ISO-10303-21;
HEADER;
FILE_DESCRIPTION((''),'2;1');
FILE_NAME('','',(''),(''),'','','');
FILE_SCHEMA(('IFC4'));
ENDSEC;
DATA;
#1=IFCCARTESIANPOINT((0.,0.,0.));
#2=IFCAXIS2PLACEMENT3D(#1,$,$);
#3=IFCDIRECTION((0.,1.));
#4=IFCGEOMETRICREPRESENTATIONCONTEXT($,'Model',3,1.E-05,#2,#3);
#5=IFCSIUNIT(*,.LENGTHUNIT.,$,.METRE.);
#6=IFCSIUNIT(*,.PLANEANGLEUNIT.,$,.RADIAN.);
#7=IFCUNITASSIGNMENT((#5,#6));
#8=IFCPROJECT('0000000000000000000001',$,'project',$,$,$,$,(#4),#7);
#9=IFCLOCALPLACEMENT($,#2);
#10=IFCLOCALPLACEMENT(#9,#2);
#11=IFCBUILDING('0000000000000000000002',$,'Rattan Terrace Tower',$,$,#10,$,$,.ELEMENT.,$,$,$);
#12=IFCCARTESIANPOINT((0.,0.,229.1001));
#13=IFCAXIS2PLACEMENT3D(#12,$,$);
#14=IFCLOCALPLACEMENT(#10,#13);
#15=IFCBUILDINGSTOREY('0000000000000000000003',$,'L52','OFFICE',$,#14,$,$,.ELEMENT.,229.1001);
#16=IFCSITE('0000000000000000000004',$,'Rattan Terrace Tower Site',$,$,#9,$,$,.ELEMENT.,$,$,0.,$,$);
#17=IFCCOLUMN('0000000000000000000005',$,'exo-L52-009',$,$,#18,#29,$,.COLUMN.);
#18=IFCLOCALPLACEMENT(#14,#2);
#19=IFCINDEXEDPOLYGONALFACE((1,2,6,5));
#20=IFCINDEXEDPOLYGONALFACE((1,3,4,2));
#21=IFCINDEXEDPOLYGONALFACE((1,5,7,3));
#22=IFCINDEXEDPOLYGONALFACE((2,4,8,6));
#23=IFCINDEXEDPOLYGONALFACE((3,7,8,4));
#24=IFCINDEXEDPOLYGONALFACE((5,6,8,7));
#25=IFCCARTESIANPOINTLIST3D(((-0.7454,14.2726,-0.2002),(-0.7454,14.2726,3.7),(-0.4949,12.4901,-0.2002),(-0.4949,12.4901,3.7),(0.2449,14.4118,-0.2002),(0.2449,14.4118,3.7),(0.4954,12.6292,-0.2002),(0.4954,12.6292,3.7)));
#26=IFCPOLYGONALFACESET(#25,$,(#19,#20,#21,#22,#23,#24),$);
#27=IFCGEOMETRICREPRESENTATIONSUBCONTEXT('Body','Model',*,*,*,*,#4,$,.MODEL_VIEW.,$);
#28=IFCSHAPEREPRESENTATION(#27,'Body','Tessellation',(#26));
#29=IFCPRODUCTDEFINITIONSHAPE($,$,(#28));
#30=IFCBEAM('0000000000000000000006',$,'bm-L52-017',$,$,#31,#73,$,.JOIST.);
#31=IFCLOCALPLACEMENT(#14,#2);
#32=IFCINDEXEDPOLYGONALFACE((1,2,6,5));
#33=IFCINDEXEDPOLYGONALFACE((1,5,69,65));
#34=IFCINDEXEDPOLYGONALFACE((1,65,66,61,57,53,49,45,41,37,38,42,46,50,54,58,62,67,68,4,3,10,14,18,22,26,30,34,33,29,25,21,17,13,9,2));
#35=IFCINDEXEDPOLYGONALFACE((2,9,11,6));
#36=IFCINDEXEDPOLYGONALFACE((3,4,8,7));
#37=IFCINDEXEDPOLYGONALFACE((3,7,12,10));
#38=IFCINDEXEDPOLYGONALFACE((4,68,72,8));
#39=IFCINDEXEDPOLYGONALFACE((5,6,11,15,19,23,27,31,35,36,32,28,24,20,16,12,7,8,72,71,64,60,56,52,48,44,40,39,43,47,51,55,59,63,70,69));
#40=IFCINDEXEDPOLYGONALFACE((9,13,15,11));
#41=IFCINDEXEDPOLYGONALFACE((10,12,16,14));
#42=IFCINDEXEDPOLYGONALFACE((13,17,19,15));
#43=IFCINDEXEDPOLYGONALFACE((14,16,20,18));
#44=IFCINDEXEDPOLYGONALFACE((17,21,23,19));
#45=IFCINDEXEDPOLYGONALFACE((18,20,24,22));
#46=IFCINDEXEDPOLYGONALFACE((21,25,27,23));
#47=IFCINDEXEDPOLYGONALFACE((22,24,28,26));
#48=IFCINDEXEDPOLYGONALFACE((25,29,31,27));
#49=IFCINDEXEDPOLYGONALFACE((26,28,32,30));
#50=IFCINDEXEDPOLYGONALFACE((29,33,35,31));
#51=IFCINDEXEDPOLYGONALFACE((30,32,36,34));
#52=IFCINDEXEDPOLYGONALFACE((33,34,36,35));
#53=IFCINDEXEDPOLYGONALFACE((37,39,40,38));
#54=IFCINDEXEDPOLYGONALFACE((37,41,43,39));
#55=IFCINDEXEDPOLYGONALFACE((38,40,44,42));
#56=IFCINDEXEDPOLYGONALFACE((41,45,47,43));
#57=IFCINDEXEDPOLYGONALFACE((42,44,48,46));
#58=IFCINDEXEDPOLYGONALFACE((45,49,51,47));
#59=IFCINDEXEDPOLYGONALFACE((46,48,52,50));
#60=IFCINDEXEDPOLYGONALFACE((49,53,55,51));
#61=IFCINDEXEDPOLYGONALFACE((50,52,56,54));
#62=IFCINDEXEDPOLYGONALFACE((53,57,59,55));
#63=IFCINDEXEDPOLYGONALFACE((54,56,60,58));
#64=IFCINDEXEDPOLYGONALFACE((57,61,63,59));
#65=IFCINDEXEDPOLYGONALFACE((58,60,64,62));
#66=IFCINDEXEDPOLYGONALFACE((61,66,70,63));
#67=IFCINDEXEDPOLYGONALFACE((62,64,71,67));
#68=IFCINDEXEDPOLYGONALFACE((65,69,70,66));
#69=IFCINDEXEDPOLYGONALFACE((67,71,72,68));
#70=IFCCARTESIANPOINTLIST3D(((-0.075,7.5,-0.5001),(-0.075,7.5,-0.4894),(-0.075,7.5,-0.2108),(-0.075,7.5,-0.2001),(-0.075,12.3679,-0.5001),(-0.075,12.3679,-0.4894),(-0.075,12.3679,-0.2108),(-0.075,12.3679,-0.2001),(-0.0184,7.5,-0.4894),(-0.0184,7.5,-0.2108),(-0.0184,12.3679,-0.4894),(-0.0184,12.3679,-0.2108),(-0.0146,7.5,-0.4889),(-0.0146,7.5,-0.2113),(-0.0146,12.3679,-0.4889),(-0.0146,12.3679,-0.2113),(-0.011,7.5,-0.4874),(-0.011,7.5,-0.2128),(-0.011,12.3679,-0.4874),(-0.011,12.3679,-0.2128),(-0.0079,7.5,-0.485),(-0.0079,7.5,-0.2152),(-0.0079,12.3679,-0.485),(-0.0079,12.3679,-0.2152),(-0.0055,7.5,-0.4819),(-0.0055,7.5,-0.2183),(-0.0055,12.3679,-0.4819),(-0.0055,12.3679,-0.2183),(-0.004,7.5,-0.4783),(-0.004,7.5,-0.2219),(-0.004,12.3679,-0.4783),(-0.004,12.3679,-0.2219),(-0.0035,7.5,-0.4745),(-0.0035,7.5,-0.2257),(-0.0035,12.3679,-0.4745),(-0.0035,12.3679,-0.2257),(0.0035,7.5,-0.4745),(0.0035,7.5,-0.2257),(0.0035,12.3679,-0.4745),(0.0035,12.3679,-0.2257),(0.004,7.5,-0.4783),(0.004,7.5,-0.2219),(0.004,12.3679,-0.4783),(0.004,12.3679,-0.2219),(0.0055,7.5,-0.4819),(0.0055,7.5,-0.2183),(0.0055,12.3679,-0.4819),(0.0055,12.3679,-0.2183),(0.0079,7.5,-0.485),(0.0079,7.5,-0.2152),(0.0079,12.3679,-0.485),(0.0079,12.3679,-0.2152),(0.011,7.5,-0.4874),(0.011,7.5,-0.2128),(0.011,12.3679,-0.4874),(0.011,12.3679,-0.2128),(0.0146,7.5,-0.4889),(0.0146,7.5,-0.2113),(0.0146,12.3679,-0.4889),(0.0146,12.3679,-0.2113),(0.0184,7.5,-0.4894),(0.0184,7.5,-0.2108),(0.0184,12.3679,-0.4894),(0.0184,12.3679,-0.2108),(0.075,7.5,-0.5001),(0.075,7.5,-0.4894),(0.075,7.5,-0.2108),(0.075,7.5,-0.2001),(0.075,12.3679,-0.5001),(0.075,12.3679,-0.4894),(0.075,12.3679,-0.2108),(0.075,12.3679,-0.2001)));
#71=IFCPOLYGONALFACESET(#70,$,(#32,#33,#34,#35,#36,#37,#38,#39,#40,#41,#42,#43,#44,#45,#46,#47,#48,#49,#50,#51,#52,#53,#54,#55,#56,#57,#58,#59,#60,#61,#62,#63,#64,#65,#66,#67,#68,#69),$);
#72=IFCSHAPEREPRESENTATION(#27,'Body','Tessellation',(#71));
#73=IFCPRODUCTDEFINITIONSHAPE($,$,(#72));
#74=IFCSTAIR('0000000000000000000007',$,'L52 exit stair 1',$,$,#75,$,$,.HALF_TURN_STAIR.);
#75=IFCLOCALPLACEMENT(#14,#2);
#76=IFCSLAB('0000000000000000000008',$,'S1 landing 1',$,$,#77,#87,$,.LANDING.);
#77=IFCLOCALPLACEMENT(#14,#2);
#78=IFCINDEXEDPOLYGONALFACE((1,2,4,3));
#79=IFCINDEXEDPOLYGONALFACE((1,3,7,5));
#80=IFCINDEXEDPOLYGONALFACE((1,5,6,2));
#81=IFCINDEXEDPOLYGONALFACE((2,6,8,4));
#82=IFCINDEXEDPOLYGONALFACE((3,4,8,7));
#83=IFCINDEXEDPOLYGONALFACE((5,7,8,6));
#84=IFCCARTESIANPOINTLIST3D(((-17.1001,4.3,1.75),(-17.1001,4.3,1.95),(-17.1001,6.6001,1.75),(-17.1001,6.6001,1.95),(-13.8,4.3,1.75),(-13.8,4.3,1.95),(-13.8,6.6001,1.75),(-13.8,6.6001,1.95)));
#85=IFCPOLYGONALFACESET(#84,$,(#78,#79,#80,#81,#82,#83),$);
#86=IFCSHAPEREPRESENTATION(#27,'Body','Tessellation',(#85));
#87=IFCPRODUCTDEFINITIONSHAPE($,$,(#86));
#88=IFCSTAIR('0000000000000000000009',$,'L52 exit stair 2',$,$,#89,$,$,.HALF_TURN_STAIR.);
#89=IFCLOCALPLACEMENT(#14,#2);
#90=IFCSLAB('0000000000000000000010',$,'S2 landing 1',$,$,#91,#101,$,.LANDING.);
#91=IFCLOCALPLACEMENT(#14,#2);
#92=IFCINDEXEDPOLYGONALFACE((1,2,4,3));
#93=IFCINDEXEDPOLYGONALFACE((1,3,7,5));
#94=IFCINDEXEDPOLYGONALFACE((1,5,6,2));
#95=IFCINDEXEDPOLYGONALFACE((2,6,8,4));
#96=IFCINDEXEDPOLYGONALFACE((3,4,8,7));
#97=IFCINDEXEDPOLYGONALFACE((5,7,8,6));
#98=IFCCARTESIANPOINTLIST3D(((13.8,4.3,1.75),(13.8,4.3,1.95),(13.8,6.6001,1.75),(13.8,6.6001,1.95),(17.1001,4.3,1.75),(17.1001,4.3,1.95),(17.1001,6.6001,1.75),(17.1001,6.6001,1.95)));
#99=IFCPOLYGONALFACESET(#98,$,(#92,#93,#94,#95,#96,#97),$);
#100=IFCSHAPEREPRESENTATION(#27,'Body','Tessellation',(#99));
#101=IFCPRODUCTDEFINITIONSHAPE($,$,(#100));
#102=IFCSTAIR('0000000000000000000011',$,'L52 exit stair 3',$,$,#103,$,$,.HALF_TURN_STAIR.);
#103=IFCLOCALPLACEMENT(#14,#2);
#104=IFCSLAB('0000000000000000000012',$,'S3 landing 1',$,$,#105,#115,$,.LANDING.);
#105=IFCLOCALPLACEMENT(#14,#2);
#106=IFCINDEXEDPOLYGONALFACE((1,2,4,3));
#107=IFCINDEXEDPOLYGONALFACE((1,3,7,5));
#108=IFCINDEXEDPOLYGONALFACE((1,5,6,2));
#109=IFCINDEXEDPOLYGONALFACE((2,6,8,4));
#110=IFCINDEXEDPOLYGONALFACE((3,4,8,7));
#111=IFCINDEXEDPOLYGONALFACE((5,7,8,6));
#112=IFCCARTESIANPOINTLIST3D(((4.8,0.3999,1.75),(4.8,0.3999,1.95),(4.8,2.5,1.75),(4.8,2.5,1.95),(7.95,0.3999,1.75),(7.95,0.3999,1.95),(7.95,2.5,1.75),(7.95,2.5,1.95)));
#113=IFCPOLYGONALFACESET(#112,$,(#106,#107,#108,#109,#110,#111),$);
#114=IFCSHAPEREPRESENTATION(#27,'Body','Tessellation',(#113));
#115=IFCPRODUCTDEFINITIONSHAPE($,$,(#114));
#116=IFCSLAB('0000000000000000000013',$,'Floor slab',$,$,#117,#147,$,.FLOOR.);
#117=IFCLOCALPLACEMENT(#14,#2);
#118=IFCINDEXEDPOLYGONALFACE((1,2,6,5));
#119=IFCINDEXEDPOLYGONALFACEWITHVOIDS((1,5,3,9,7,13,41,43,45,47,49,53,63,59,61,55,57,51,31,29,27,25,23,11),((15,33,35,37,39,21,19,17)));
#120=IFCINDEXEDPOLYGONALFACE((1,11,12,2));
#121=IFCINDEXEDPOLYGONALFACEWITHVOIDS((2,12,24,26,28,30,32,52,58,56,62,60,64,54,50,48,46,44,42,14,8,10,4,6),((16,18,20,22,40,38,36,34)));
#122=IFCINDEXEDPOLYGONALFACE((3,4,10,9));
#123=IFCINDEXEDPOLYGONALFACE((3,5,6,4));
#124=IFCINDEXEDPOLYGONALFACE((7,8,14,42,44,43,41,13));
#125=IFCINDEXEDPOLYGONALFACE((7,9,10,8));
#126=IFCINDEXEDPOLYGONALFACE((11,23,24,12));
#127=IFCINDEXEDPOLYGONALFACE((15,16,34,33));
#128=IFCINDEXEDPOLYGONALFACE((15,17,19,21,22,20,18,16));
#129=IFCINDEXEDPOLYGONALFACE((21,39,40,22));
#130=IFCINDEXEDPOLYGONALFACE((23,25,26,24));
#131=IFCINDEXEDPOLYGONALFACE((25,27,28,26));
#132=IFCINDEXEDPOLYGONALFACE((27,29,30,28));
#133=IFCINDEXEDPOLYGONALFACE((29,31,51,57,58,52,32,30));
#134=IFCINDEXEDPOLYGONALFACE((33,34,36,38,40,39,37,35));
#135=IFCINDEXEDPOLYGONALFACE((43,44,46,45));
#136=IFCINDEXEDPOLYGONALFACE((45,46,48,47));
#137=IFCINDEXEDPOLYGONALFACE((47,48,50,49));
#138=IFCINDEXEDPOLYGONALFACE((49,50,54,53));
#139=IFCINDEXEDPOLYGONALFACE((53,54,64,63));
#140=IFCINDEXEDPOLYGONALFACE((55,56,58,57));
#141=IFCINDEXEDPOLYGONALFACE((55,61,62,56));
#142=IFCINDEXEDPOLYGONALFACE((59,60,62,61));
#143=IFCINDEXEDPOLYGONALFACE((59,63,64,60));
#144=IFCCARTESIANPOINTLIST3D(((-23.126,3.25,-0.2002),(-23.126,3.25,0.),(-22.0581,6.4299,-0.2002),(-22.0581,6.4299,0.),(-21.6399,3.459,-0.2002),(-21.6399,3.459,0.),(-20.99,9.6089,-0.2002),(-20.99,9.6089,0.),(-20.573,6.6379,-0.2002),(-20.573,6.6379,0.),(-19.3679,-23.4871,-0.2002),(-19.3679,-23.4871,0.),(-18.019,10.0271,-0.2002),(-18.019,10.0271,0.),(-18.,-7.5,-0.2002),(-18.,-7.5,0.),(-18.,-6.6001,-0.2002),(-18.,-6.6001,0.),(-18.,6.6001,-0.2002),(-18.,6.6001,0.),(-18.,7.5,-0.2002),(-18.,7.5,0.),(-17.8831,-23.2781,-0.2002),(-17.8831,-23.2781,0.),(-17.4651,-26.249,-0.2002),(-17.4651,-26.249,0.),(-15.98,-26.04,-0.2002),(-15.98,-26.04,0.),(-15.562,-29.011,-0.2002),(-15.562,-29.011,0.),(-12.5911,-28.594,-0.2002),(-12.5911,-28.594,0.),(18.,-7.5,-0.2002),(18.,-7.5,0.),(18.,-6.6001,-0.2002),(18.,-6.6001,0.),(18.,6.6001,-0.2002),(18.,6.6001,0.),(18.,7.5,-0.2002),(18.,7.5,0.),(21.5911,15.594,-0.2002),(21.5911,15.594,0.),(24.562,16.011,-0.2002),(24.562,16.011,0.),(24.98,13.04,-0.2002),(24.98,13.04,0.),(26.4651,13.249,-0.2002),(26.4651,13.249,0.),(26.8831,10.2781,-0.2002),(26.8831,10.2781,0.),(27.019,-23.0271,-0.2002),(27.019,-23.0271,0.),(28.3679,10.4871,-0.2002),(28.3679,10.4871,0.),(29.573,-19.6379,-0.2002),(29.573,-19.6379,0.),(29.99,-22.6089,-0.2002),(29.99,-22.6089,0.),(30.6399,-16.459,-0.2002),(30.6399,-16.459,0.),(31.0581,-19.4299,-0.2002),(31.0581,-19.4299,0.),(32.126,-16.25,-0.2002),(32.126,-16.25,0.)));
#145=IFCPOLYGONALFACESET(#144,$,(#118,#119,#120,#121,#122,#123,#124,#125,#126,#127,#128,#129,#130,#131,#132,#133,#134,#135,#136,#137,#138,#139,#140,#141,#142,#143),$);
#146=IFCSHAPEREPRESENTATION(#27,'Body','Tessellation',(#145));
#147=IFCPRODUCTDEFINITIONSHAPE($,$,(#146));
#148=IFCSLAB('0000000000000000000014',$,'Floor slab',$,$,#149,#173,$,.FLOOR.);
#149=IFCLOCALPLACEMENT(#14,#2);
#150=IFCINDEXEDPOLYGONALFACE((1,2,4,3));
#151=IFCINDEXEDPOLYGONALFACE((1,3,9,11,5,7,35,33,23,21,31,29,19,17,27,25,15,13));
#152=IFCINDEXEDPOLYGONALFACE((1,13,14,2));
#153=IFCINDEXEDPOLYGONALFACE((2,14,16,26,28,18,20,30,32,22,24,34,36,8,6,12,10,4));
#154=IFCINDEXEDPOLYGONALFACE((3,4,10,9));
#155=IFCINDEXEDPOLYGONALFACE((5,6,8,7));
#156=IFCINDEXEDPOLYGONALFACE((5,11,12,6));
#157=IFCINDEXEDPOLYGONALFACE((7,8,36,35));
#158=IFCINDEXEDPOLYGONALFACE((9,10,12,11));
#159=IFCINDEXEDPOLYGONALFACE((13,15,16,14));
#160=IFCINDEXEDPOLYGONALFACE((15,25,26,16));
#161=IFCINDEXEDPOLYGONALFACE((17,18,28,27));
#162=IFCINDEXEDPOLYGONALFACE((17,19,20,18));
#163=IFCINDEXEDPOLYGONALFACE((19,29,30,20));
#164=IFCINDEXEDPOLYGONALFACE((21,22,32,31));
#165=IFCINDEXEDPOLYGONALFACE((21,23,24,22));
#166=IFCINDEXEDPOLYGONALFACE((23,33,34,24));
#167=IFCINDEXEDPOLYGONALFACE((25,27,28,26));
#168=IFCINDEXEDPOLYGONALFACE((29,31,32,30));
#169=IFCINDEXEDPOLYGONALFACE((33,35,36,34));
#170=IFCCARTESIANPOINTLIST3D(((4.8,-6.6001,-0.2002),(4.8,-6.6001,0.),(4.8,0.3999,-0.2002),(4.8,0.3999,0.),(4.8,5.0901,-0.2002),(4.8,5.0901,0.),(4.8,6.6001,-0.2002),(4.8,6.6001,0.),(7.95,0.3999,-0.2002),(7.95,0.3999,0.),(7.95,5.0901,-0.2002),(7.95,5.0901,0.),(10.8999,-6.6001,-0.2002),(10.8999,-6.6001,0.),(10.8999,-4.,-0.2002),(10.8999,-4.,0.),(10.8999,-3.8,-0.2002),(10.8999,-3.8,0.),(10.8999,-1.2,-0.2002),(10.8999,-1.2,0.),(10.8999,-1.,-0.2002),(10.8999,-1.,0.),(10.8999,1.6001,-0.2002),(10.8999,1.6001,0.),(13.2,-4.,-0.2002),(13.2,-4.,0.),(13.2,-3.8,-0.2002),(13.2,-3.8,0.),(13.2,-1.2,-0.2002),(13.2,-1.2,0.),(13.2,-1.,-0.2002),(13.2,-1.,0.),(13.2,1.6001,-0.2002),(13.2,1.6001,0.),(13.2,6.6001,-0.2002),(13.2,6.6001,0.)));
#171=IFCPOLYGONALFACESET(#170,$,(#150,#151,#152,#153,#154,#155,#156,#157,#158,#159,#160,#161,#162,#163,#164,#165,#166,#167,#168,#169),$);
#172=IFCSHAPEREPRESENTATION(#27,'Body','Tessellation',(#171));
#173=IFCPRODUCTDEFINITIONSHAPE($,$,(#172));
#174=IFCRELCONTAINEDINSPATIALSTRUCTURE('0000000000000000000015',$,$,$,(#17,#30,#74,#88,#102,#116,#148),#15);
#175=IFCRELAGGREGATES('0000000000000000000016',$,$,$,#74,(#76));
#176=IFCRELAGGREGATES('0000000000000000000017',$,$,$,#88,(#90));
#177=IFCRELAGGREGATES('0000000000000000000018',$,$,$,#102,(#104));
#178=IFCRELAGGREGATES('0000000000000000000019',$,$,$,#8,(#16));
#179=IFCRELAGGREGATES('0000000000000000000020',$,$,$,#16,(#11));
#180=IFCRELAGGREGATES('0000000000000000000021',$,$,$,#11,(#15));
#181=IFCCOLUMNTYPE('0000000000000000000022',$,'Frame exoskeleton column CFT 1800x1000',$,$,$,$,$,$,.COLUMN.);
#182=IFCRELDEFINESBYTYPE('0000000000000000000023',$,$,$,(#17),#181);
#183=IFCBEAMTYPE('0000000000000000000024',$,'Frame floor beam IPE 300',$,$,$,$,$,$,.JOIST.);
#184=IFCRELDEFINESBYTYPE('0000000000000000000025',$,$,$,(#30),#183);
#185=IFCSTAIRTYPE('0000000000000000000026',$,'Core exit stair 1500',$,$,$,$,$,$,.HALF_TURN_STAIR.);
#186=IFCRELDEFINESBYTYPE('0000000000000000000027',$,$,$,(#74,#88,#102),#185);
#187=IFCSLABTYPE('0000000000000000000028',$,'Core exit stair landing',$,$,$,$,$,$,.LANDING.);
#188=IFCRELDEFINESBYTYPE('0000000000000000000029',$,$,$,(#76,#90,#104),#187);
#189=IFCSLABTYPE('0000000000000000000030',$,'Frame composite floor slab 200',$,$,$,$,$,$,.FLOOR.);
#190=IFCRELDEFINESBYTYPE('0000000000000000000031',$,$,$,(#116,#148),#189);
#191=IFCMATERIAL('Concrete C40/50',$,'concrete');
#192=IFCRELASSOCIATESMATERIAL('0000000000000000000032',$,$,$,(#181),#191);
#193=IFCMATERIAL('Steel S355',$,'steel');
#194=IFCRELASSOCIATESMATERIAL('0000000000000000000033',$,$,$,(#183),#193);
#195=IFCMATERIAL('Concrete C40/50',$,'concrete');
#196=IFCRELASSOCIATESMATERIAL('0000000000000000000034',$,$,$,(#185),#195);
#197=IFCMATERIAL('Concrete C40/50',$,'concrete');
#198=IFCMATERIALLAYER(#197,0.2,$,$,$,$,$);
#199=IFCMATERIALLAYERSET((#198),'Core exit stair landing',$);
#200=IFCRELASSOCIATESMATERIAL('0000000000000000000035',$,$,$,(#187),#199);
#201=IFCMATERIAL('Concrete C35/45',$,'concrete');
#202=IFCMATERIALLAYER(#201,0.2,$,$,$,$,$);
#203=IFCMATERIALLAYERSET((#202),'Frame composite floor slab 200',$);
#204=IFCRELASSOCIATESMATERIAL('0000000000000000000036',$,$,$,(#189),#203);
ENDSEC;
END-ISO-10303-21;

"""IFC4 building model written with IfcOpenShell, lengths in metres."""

from ifc_helpers import new_model, si_unit, direction, frame, origin, origin_2d, place, context, subcontext, project, spatial, polyline, rectangle, i_section, outline, extrude, material, layer, layer_set, material_profile, profile_set, type_object, element, aggregate, save


model = new_model("IFC4")

# Units and contexts
model_context = context("Model", 3, precision=1e-05, world=origin(), true_north=direction((0.0, 1.0)))
body_context = subcontext(model_context, "Body", "Model", "MODEL_VIEW")
ifc_project = project(units=[si_unit("LENGTHUNIT", "METRE"), si_unit("PLANEANGLEUNIT", "RADIAN")], contexts=[model_context])

# Site, building, storey
site_placement = place(None, origin())
site = spatial("IfcSite", under=ifc_project, at=site_placement, Name="Rattan Terrace Tower Site", CompositionType="ELEMENT", RefElevation=0.0)
building_placement = place(site_placement, origin())
building = spatial("IfcBuilding", under=site, at=building_placement, Name="Rattan Terrace Tower", CompositionType="ELEMENT")
storey_placement = place(building_placement, frame((0.0, 0.0, 229.1001)))
storey = spatial("IfcBuildingStorey", under=building, at=storey_placement, Name="L52", Description="OFFICE", CompositionType="ELEMENT", Elevation=229.1001)

# Column
ifc_material_1 = material(Name="Concrete C40/50", Category="concrete")
ifc_material_profile_1 = material_profile(ifc_material_1, rectangle(XDim=1.0, YDim=1.8, at=origin_2d()), Name="CFT 1800x1000")
ifc_profile_set_1 = profile_set([ifc_material_profile_1], Name="Concrete C40/50")
column_type = type_object("IfcColumnType", Name="Frame exoskeleton column CFT 1800x1000", PredefinedType="COLUMN", material=ifc_profile_set_1)
column_placement = place(storey_placement, frame((-0.125, 13.4509, -0.2002), z_axis=(0.0, 0.0, 1.0), x_axis=(0.990268, 0.139173, 0.0)))
element("IfcColumn", 1, at=column_placement, inside=storey, type_object=column_type, Name="exo-L52-009", PredefinedType="COLUMN", context=body_context, shape_type="SweptSolid", body=[
    extrude(rectangle(XDim=1.0, YDim=1.8, at=origin_2d()), origin(), (0.0, 0.0, 1.0), 3.9001),
])

# Beam
ifc_material_2 = material(Name="Steel S355", Category="steel")
ifc_material_profile_2 = material_profile(ifc_material_2, i_section(OverallWidth=0.1499, OverallDepth=0.3, WebThickness=0.0071, FlangeThickness=0.0107, FilletRadius=0.0149, at=origin_2d()), Name="IPE 300")
ifc_profile_set_2 = profile_set([ifc_material_profile_2], Name="Steel S355")
beam_type = type_object("IfcBeamType", Name="Frame floor beam IPE 300", PredefinedType="JOIST", material=ifc_profile_set_2)
beam_placement = place(storey_placement, frame((0.0, 7.5, -0.3501), z_axis=(0.0, 1.0, 0.0), x_axis=(-1.0, 0.0, 0.0)))
element("IfcBeam", 2, at=beam_placement, inside=storey, type_object=beam_type, Name="bm-L52-017", PredefinedType="JOIST", context=body_context, shape_type="SweptSolid", body=[
    extrude(i_section(OverallWidth=0.1499, OverallDepth=0.3, WebThickness=0.0071, FlangeThickness=0.0107, FilletRadius=0.0149, at=origin_2d()), origin(), (0.0, 0.0, 1.0), 4.8679),
])

# Stairs, slabs
ifc_material_3 = material(Name="Concrete C40/50", Category="concrete")
stair_type = type_object("IfcStairType", Name="Core exit stair 1500", PredefinedType="HALF_TURN_STAIR", material=ifc_material_3)
stair_1_placement = place(storey_placement, origin())
stair_1 = element("IfcStair", 3, at=stair_1_placement, inside=storey, type_object=stair_type, Name="L52 exit stair 1", PredefinedType="HALF_TURN_STAIR")
ifc_material_4 = material(Name="Concrete C40/50", Category="concrete")
ifc_layer_1 = layer(ifc_material_4, 0.2)
ifc_layer_set_1 = layer_set([ifc_layer_1], Name="Core exit stair landing")
slab_type_1 = type_object("IfcSlabType", Name="Core exit stair landing", PredefinedType="LANDING", material=ifc_layer_set_1)
slab_1_placement = place(storey_placement, frame((0.0, 0.0, 1.75)))
slab_1 = element("IfcSlab", 4, at=slab_1_placement, type_object=slab_type_1, Name="S1 landing 1", PredefinedType="LANDING", context=body_context, shape_type="SweptSolid", body=[
    extrude(outline(polyline([(-13.8, 4.3), (-13.8, 6.6001), (-17.1001, 6.6001), (-17.1001, 4.3), (-13.8, 4.3)])), origin(), (0.0, 0.0, 1.0), 0.2),
])
aggregate(stair_1, [slab_1])
stair_2_placement = place(storey_placement, origin())
stair_2 = element("IfcStair", 5, at=stair_2_placement, inside=storey, type_object=stair_type, Name="L52 exit stair 2", PredefinedType="HALF_TURN_STAIR")
slab_2_placement = place(storey_placement, frame((0.0, 0.0, 1.75)))
slab_2 = element("IfcSlab", 6, at=slab_2_placement, type_object=slab_type_1, Name="S2 landing 1", PredefinedType="LANDING", context=body_context, shape_type="SweptSolid", body=[
    extrude(outline(polyline([(17.1001, 4.3), (17.1001, 6.6001), (13.8, 6.6001), (13.8, 4.3), (17.1001, 4.3)])), origin(), (0.0, 0.0, 1.0), 0.2),
])
aggregate(stair_2, [slab_2])
stair_3_placement = place(storey_placement, origin())
stair_3 = element("IfcStair", 7, at=stair_3_placement, inside=storey, type_object=stair_type, Name="L52 exit stair 3", PredefinedType="HALF_TURN_STAIR")
slab_3_placement = place(storey_placement, frame((0.0, 0.0, 1.75)))
slab_3 = element("IfcSlab", 8, at=slab_3_placement, type_object=slab_type_1, Name="S3 landing 1", PredefinedType="LANDING", context=body_context, shape_type="SweptSolid", body=[
    extrude(outline(polyline([(4.8, 2.5), (4.8, 0.3999), (7.95, 0.3999), (7.95, 2.5), (4.8, 2.5)])), origin(), (0.0, 0.0, 1.0), 0.2),
])
aggregate(stair_3, [slab_3])

# Slabs
ifc_material_5 = material(Name="Concrete C35/45", Category="concrete")
ifc_layer_2 = layer(ifc_material_5, 0.2)
ifc_layer_set_2 = layer_set([ifc_layer_2], Name="Frame composite floor slab 200")
slab_type_2 = type_object("IfcSlabType", Name="Frame composite floor slab 200", PredefinedType="FLOOR", material=ifc_layer_set_2)
slab_4_placement = place(storey_placement, frame((0.0, 0.0, -0.2002)))
element("IfcSlab", 9, at=slab_4_placement, inside=storey, type_object=slab_type_2, Name="Floor slab", PredefinedType="FLOOR", context=body_context, shape_type="SweptSolid", body=[
    extrude(outline(polyline([(-12.5911, -28.594), (27.019, -23.0271), (29.99, -22.6089), (29.573, -19.6379), (31.0581, -19.4299), (30.6399, -16.459), (32.126, -16.25), (28.3679, 10.4871), (26.8831, 10.2781), (26.4651, 13.249), (24.98, 13.04), (24.562, 16.011), (21.5911, 15.594), (-18.019, 10.0271), (-20.99, 9.6089), (-20.573, 6.6379), (-22.0581, 6.4299), (-21.6399, 3.459), (-23.126, 3.25), (-19.3679, -23.4871), (-17.8831, -23.2781), (-17.4651, -26.249), (-15.98, -26.04), (-15.562, -29.011), (-12.5911, -28.594)]), holes=[polyline([(-18.0, -7.5), (18.0, -7.5), (18.0, -6.6001), (18.0, 6.6001), (18.0, 7.5), (-18.0, 7.5), (-18.0, 6.6001), (-18.0, -6.6001), (-18.0, -7.5)])]), origin(), (0.0, 0.0, 1.0), 0.2002),
])
slab_5_placement = place(storey_placement, frame((0.0, 0.0, -0.2002)))
element("IfcSlab", 10, at=slab_5_placement, inside=storey, type_object=slab_type_2, Name="Floor slab", PredefinedType="FLOOR", context=body_context, shape_type="SweptSolid", body=[
    extrude(outline(polyline([(13.2, 6.6001), (4.8, 6.6001), (4.8, 5.0901), (7.95, 5.0901), (7.95, 0.3999), (4.8, 0.3999), (4.8, -6.6001), (10.8999, -6.6001), (10.8999, -4.0), (13.2, -4.0), (13.2, -3.8), (10.8999, -3.8), (10.8999, -1.2), (13.2, -1.2), (13.2, -1.0), (10.8999, -1.0), (10.8999, 1.6001), (13.2, 1.6001), (13.2, 6.6001)])), origin(), (0.0, 0.0, 1.0), 0.2002),
])

save(model, "model.ifc")
